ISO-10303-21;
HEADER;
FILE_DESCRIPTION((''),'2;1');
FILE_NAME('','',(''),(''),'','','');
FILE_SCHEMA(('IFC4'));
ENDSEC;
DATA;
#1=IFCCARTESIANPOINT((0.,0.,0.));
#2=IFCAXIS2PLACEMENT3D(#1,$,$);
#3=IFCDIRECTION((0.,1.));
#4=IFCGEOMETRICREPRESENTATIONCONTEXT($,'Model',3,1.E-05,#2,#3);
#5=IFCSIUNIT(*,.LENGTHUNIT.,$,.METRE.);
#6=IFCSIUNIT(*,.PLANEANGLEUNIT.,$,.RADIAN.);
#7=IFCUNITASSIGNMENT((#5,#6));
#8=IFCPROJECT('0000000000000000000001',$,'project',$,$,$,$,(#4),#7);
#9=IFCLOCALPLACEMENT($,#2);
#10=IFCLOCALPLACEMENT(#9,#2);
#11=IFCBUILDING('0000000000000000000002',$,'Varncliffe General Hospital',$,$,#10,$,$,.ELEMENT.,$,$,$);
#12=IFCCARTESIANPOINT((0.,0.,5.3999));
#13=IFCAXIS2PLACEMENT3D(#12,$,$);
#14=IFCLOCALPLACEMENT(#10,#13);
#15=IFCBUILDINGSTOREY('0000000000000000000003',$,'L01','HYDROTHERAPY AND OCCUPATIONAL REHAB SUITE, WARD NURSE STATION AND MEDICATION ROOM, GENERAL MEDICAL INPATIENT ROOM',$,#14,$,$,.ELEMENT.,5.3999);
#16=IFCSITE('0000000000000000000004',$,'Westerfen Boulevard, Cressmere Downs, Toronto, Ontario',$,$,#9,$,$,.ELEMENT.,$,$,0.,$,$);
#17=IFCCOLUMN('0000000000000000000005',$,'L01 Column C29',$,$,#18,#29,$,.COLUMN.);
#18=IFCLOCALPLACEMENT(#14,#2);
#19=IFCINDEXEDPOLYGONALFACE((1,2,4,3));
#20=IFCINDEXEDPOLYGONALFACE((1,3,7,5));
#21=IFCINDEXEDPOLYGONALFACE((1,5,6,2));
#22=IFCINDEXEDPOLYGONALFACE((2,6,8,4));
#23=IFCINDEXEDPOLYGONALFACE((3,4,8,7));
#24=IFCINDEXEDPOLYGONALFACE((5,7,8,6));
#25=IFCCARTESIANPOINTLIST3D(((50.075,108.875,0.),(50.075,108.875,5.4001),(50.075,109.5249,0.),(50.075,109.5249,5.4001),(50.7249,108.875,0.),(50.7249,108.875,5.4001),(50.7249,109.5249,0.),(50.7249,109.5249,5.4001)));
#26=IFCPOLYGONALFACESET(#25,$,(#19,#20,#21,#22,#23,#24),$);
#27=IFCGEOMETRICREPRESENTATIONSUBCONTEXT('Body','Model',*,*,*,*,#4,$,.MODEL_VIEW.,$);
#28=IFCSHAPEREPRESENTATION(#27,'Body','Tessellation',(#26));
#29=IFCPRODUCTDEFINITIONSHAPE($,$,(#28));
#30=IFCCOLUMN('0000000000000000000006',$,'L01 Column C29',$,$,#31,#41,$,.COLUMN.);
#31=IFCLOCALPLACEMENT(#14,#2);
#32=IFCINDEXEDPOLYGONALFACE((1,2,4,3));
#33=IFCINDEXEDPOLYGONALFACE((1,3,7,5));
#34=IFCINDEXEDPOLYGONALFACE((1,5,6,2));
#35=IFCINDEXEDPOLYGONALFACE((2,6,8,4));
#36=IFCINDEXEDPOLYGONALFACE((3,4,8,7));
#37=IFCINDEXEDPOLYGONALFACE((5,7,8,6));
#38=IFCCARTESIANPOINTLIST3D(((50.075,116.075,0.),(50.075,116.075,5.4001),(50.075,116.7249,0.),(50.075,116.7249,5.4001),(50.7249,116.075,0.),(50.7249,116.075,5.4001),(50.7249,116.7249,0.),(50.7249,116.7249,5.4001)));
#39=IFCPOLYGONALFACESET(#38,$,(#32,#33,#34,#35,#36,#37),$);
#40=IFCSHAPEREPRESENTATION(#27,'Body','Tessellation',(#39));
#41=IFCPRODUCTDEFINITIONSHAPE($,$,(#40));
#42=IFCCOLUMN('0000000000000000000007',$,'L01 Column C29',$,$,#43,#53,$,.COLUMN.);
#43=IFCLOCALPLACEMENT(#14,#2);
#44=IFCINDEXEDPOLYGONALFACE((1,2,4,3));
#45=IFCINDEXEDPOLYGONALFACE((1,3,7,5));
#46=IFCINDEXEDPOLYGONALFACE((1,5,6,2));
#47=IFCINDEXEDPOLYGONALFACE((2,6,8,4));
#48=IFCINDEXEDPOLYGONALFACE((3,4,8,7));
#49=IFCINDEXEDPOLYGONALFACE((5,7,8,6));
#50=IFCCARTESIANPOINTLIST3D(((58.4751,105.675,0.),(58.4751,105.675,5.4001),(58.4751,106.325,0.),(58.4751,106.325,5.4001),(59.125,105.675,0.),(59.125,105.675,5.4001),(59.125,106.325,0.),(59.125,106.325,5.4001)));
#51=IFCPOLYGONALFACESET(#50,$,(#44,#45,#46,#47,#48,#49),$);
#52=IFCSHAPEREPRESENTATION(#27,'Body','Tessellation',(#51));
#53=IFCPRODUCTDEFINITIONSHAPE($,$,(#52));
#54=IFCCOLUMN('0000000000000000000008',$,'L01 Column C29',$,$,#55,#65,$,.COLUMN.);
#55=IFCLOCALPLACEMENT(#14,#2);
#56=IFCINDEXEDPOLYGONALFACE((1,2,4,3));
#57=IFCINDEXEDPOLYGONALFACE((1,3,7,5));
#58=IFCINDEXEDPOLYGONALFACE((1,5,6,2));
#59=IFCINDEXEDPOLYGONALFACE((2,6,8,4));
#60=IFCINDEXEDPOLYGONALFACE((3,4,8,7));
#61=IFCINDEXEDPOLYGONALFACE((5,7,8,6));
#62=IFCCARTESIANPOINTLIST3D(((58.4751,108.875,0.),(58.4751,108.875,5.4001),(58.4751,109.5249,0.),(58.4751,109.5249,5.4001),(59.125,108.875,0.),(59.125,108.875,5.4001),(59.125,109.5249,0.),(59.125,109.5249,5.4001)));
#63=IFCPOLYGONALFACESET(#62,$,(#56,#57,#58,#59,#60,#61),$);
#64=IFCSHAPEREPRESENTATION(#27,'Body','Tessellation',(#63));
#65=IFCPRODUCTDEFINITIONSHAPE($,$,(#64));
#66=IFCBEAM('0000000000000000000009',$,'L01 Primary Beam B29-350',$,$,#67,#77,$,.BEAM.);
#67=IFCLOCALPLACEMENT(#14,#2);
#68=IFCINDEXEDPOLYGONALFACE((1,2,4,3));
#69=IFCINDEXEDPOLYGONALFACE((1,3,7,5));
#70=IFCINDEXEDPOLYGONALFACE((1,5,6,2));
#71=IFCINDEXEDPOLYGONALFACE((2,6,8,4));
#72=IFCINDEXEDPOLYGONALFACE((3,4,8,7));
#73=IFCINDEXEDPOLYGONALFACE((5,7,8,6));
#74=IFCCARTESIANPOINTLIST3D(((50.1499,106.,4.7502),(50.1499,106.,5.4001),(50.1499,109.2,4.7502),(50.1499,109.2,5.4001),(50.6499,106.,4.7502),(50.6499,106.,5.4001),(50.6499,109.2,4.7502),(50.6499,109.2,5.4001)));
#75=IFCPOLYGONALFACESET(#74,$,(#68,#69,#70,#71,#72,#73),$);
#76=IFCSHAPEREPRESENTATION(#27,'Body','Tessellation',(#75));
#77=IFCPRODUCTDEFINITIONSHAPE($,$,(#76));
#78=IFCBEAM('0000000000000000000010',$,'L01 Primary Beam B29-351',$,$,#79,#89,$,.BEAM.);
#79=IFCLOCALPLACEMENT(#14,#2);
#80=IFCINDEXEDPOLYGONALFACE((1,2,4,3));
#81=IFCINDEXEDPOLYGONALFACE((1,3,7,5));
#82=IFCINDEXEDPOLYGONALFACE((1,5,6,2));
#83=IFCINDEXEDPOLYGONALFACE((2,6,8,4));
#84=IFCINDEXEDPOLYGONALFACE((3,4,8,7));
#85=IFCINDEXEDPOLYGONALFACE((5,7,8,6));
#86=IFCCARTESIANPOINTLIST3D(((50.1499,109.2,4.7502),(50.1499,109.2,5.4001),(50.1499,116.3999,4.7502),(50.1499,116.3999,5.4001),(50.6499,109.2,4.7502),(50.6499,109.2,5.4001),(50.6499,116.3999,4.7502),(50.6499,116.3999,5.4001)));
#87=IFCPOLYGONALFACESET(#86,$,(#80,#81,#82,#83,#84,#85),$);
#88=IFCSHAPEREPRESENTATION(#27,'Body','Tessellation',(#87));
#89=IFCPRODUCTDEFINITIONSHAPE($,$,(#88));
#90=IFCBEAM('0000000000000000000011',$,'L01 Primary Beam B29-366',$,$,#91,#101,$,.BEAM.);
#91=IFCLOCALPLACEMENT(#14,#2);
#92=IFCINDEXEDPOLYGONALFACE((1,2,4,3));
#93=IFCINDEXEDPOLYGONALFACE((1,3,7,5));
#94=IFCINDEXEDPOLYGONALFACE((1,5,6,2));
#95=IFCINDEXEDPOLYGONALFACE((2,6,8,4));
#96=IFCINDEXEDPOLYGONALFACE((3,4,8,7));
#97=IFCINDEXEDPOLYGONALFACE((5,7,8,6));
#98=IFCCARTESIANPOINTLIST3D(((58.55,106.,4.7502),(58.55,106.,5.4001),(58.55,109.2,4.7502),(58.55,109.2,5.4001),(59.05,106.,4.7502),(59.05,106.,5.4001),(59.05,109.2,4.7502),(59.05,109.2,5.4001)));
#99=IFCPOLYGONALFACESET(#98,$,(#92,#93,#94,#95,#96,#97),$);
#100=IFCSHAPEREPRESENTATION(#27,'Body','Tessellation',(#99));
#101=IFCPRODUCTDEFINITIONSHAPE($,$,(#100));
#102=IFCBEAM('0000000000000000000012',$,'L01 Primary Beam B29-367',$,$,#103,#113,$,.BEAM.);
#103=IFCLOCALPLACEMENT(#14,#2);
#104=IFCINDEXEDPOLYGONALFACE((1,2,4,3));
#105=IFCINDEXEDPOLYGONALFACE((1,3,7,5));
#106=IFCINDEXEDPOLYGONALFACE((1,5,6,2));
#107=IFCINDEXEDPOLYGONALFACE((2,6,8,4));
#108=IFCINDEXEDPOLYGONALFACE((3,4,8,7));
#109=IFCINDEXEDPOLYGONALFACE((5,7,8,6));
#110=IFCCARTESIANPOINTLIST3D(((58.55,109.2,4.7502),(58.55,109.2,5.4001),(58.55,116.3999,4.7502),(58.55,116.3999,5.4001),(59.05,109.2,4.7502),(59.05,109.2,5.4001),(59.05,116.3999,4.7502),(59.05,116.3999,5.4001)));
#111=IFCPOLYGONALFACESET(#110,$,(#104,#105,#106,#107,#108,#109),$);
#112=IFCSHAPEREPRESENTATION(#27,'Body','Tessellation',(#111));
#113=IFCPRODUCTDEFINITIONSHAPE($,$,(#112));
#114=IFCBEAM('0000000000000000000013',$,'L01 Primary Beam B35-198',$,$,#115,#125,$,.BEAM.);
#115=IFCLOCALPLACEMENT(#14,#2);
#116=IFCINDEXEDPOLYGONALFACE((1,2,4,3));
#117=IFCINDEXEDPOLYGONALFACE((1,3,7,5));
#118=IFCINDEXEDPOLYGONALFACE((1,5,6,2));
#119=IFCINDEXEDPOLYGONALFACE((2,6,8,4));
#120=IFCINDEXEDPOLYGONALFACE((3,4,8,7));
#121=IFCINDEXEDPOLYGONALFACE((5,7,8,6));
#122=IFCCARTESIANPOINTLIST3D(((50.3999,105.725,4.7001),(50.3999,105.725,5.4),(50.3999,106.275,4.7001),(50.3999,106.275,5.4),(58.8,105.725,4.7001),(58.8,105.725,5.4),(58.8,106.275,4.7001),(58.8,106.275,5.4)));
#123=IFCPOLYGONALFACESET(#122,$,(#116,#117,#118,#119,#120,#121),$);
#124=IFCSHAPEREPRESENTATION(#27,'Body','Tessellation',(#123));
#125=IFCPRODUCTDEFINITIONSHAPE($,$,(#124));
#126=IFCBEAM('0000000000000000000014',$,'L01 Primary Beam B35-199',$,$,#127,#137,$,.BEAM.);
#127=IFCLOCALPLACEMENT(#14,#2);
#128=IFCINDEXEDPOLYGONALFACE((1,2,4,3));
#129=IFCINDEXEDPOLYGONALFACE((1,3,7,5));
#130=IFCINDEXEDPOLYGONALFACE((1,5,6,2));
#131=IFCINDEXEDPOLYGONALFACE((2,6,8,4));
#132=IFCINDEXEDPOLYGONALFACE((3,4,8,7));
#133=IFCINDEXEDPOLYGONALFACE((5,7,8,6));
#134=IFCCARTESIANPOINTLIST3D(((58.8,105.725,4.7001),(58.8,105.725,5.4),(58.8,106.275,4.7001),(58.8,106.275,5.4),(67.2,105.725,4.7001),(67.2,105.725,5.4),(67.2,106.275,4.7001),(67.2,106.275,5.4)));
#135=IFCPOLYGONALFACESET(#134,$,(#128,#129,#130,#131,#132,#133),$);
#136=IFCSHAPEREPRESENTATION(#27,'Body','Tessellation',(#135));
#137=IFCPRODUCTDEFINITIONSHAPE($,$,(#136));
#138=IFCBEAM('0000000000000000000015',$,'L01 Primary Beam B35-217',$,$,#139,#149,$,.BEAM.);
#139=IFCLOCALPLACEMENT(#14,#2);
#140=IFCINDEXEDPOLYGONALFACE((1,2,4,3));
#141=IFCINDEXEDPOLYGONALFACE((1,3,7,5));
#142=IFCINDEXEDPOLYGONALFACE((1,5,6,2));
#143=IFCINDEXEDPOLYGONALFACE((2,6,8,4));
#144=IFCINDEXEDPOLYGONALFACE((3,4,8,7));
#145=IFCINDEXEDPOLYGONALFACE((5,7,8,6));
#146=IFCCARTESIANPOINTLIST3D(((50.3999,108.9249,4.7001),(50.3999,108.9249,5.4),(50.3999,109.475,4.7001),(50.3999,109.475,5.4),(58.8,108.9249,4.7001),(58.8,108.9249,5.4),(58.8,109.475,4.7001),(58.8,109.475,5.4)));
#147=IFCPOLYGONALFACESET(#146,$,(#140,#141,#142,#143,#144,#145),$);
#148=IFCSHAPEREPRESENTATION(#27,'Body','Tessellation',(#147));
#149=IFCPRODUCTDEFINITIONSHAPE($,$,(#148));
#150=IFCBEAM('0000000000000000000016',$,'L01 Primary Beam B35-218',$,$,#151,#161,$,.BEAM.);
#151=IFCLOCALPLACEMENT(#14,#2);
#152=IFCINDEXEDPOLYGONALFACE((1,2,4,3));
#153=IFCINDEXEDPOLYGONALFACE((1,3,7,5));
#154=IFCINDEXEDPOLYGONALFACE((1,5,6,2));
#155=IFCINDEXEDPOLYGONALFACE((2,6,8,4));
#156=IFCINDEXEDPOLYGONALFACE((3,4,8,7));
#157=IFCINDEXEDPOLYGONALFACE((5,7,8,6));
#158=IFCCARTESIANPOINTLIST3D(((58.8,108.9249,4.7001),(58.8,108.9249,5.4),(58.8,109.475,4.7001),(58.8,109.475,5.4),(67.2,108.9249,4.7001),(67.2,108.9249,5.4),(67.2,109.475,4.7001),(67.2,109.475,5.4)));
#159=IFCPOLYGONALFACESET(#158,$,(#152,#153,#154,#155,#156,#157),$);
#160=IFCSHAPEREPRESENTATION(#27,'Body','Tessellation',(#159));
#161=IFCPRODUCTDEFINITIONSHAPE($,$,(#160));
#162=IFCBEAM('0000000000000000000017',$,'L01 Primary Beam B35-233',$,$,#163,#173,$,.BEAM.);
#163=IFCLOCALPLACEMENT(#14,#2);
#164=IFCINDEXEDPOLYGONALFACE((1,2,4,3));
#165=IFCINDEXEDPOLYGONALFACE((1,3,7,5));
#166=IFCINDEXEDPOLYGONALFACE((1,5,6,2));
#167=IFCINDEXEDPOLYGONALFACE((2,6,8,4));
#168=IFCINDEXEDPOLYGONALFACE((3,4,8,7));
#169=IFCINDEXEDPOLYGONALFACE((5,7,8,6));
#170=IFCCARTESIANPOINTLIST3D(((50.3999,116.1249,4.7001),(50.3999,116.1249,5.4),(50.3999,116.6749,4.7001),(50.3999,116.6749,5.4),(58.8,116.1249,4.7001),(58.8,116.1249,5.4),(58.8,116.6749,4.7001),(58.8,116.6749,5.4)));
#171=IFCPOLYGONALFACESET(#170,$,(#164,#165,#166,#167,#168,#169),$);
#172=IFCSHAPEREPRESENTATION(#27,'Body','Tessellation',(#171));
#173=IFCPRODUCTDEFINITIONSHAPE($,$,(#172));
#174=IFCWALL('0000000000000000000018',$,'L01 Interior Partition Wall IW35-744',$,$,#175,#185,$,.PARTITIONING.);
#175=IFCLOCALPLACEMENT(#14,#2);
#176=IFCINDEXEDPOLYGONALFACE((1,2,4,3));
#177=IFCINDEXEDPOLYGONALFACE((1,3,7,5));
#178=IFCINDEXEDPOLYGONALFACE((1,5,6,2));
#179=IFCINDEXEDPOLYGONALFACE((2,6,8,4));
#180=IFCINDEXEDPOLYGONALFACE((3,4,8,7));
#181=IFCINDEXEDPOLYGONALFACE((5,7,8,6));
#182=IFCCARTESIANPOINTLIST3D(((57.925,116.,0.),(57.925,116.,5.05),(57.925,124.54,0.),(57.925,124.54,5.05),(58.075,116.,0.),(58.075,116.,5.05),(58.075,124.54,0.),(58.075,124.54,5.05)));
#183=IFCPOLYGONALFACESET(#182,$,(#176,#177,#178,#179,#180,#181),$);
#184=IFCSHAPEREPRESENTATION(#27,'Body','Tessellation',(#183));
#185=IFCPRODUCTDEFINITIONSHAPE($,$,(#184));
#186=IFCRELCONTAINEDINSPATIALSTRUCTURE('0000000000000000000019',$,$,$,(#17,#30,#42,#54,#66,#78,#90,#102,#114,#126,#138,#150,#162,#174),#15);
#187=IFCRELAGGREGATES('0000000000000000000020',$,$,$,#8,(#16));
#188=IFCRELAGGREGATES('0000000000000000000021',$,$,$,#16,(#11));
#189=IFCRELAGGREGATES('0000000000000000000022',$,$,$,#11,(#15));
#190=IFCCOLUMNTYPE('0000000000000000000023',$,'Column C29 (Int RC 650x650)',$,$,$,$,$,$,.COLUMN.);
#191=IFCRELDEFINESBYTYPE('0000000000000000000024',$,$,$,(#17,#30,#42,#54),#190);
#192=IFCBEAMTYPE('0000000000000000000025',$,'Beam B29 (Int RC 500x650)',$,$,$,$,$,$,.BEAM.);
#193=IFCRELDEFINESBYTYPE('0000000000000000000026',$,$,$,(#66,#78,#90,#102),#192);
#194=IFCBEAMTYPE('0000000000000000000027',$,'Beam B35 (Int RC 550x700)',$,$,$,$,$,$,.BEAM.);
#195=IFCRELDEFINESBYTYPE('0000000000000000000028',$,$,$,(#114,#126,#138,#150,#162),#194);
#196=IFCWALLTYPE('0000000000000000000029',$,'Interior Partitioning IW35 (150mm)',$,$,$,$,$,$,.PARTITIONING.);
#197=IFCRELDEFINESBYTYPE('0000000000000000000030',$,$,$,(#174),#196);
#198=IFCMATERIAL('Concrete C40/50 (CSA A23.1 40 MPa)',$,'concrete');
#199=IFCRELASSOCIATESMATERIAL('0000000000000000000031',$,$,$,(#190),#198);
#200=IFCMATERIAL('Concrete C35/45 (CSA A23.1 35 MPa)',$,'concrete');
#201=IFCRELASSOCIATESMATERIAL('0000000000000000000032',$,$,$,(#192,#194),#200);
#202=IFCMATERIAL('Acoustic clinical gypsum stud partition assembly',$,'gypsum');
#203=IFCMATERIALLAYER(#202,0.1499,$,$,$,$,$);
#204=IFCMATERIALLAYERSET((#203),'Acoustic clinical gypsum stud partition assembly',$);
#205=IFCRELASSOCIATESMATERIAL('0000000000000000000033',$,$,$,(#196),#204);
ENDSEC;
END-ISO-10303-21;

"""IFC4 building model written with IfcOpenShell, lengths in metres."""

from ifc_helpers import new_model, si_unit, direction, frame, frame_2d, origin, origin_2d, place, context, subcontext, project, spatial, rectangle, extrude, material, layer, layer_set, material_profile, profile_set, type_object, element, save


model = new_model("IFC4")

# Units and contexts
model_context = context("Model", 3, precision=1e-05, world=origin(), true_north=direction((0.0, 1.0)))
body_context = subcontext(model_context, "Body", "Model", "MODEL_VIEW")
ifc_project = project(units=[si_unit("LENGTHUNIT", "METRE"), si_unit("PLANEANGLEUNIT", "RADIAN")], contexts=[model_context])

# Site, building, storey
site_placement = place(None, origin())
site = spatial("IfcSite", under=ifc_project, at=site_placement, Name="Westerfen Boulevard, Cressmere Downs, Toronto, Ontario", CompositionType="ELEMENT", RefElevation=0.0)
building_placement = place(site_placement, origin())
building = spatial("IfcBuilding", under=site, at=building_placement, Name="Varncliffe General Hospital", CompositionType="ELEMENT")
storey_placement = place(building_placement, frame((0.0, 0.0, 5.3999)))
storey = spatial("IfcBuildingStorey", under=building, at=storey_placement, Name="L01", Description="HYDROTHERAPY AND OCCUPATIONAL REHAB SUITE, WARD NURSE STATION AND MEDICATION ROOM, GENERAL MEDICAL INPATIENT ROOM", CompositionType="ELEMENT", Elevation=5.3999)

# Columns
ifc_material_1 = material(Name="Concrete C40/50 (CSA A23.1 40 MPa)", Category="concrete")
ifc_material_profile_1 = material_profile(ifc_material_1, rectangle(XDim=0.6499, YDim=0.6499, at=origin_2d()), Name="RC 650x650")
ifc_profile_set_1 = profile_set([ifc_material_profile_1], Name="Concrete C40/50 (CSA A23.1 40 MPa)")
column_type = type_object("IfcColumnType", Name="Column C29 (Int RC 650x650)", PredefinedType="COLUMN", material=ifc_profile_set_1)
for number, where, z_axis, x_axis, name in (
    (1, (50.3999, 109.2, 0.0), (0.0, 0.0, 1.0), (1.0, 0.0, 0.0), "L01 Column C29"),
    (2, (50.3999, 116.3999, 0.0), (0.0, 0.0, 1.0), (1.0, 0.0, 0.0), "L01 Column C29"),
    (3, (58.8, 106.0, 0.0), (0.0, 0.0, 1.0), (1.0, 0.0, 0.0), "L01 Column C29"),
    (4, (58.8, 109.2, 0.0), (0.0, 0.0, 1.0), (1.0, 0.0, 0.0), "L01 Column C29"),
):
    element("IfcColumn", number, at=place(storey_placement, frame(where, z_axis=z_axis, x_axis=x_axis)), inside=storey, type_object=column_type, Name=name, PredefinedType="COLUMN", context=body_context, shape_type="SweptSolid", body=[
        extrude(rectangle(XDim=0.6499, YDim=0.6499, at=origin_2d()), origin(), (0.0, 0.0, 1.0), 5.4001),
    ])

# Beams
ifc_material_2 = material(Name="Concrete C35/45 (CSA A23.1 35 MPa)", Category="concrete")
ifc_material_profile_2 = material_profile(ifc_material_2, rectangle(XDim=0.5, YDim=0.6499, at=origin_2d()), Name="RC 500x650")
ifc_profile_set_2 = profile_set([ifc_material_profile_2], Name="Concrete C35/45 (CSA A23.1 35 MPa)")
beam_type_1 = type_object("IfcBeamType", Name="Beam B29 (Int RC 500x650)", PredefinedType="BEAM", material=ifc_profile_set_2)
beam_1_placement = place(storey_placement, frame((50.3999, 106.0, 5.0752), z_axis=(0.0, 1.0, 0.0), x_axis=(-1.0, 0.0, 0.0)))
element("IfcBeam", 5, at=beam_1_placement, inside=storey, type_object=beam_type_1, Name="L01 Primary Beam B29-350", PredefinedType="BEAM", context=body_context, shape_type="SweptSolid", body=[
    extrude(rectangle(XDim=0.5, YDim=0.6499, at=origin_2d()), origin(), (0.0, 0.0, 1.0), 3.2),
])
beam_2_placement = place(storey_placement, frame((50.3999, 109.2, 5.0752), z_axis=(0.0, 1.0, 0.0), x_axis=(-1.0, 0.0, 0.0)))
element("IfcBeam", 6, at=beam_2_placement, inside=storey, type_object=beam_type_1, Name="L01 Primary Beam B29-351", PredefinedType="BEAM", context=body_context, shape_type="SweptSolid", body=[
    extrude(rectangle(XDim=0.5, YDim=0.6499, at=origin_2d()), origin(), (0.0, 0.0, 1.0), 7.2),
])
beam_3_placement = place(storey_placement, frame((58.8, 106.0, 5.0752), z_axis=(0.0, 1.0, 0.0), x_axis=(-1.0, 0.0, 0.0)))
element("IfcBeam", 7, at=beam_3_placement, inside=storey, type_object=beam_type_1, Name="L01 Primary Beam B29-366", PredefinedType="BEAM", context=body_context, shape_type="SweptSolid", body=[
    extrude(rectangle(XDim=0.5, YDim=0.6499, at=origin_2d()), origin(), (0.0, 0.0, 1.0), 3.2),
])
beam_4_placement = place(storey_placement, frame((58.8, 109.2, 5.0752), z_axis=(0.0, 1.0, 0.0), x_axis=(-1.0, 0.0, 0.0)))
element("IfcBeam", 8, at=beam_4_placement, inside=storey, type_object=beam_type_1, Name="L01 Primary Beam B29-367", PredefinedType="BEAM", context=body_context, shape_type="SweptSolid", body=[
    extrude(rectangle(XDim=0.5, YDim=0.6499, at=origin_2d()), origin(), (0.0, 0.0, 1.0), 7.2),
])
ifc_material_profile_3 = material_profile(ifc_material_2, rectangle(XDim=0.55, YDim=0.7, at=origin_2d()), Name="RC 550x700")
ifc_profile_set_3 = profile_set([ifc_material_profile_3], Name="Concrete C35/45 (CSA A23.1 35 MPa)")
beam_type_2 = type_object("IfcBeamType", Name="Beam B35 (Int RC 550x700)", PredefinedType="BEAM", material=ifc_profile_set_3)
beam_5_placement = place(storey_placement, frame((50.3999, 106.0, 5.05), z_axis=(1.0, 0.0, 0.0), x_axis=(0.0, 1.0, 0.0)))
element("IfcBeam", 9, at=beam_5_placement, inside=storey, type_object=beam_type_2, Name="L01 Primary Beam B35-198", PredefinedType="BEAM", context=body_context, shape_type="SweptSolid", body=[
    extrude(rectangle(XDim=0.55, YDim=0.7, at=origin_2d()), origin(), (0.0, 0.0, 1.0), 8.4001),
])
beam_6_placement = place(storey_placement, frame((58.8, 106.0, 5.05), z_axis=(1.0, 0.0, 0.0), x_axis=(0.0, 1.0, 0.0)))
element("IfcBeam", 10, at=beam_6_placement, inside=storey, type_object=beam_type_2, Name="L01 Primary Beam B35-199", PredefinedType="BEAM", context=body_context, shape_type="SweptSolid", body=[
    extrude(rectangle(XDim=0.55, YDim=0.7, at=origin_2d()), origin(), (0.0, 0.0, 1.0), 8.3999),
])
beam_7_placement = place(storey_placement, frame((50.3999, 109.2, 5.05), z_axis=(1.0, 0.0, 0.0), x_axis=(0.0, 1.0, 0.0)))
element("IfcBeam", 11, at=beam_7_placement, inside=storey, type_object=beam_type_2, Name="L01 Primary Beam B35-217", PredefinedType="BEAM", context=body_context, shape_type="SweptSolid", body=[
    extrude(rectangle(XDim=0.55, YDim=0.7, at=origin_2d()), origin(), (0.0, 0.0, 1.0), 8.4001),
])
beam_8_placement = place(storey_placement, frame((58.8, 109.2, 5.05), z_axis=(1.0, 0.0, 0.0), x_axis=(0.0, 1.0, 0.0)))
element("IfcBeam", 12, at=beam_8_placement, inside=storey, type_object=beam_type_2, Name="L01 Primary Beam B35-218", PredefinedType="BEAM", context=body_context, shape_type="SweptSolid", body=[
    extrude(rectangle(XDim=0.55, YDim=0.7, at=origin_2d()), origin(), (0.0, 0.0, 1.0), 8.3999),
])
beam_9_placement = place(storey_placement, frame((50.3999, 116.3999, 5.05), z_axis=(1.0, 0.0, 0.0), x_axis=(0.0, 1.0, 0.0)))
element("IfcBeam", 13, at=beam_9_placement, inside=storey, type_object=beam_type_2, Name="L01 Primary Beam B35-233", PredefinedType="BEAM", context=body_context, shape_type="SweptSolid", body=[
    extrude(rectangle(XDim=0.55, YDim=0.7, at=origin_2d()), origin(), (0.0, 0.0, 1.0), 8.4001),
])

# Wall
ifc_material_3 = material(Name="Acoustic clinical gypsum stud partition assembly", Category="gypsum")
ifc_layer_1 = layer(ifc_material_3, 0.1499)
ifc_layer_set_1 = layer_set([ifc_layer_1], Name="Acoustic clinical gypsum stud partition assembly")
wall_type_1 = type_object("IfcWallType", Name="Interior Partitioning IW35 (150mm)", PredefinedType="PARTITIONING", material=ifc_layer_set_1)
wall_1_placement = place(storey_placement, frame((58.0, 116.0, 0.0), z_axis=(0.0, 0.0, 1.0), x_axis=(0.0, 1.0, 0.0)))
element("IfcWall", 14, at=wall_1_placement, inside=storey, type_object=wall_type_1, Name="L01 Interior Partition Wall IW35-744", PredefinedType="PARTITIONING", context=body_context, shape_type="SweptSolid", body=[
    extrude(rectangle(XDim=8.54, YDim=0.1499, at=frame_2d((4.27, 0.0))), origin(), (0.0, 0.0, 1.0), 5.05),
])

save(model, "model.ifc")
